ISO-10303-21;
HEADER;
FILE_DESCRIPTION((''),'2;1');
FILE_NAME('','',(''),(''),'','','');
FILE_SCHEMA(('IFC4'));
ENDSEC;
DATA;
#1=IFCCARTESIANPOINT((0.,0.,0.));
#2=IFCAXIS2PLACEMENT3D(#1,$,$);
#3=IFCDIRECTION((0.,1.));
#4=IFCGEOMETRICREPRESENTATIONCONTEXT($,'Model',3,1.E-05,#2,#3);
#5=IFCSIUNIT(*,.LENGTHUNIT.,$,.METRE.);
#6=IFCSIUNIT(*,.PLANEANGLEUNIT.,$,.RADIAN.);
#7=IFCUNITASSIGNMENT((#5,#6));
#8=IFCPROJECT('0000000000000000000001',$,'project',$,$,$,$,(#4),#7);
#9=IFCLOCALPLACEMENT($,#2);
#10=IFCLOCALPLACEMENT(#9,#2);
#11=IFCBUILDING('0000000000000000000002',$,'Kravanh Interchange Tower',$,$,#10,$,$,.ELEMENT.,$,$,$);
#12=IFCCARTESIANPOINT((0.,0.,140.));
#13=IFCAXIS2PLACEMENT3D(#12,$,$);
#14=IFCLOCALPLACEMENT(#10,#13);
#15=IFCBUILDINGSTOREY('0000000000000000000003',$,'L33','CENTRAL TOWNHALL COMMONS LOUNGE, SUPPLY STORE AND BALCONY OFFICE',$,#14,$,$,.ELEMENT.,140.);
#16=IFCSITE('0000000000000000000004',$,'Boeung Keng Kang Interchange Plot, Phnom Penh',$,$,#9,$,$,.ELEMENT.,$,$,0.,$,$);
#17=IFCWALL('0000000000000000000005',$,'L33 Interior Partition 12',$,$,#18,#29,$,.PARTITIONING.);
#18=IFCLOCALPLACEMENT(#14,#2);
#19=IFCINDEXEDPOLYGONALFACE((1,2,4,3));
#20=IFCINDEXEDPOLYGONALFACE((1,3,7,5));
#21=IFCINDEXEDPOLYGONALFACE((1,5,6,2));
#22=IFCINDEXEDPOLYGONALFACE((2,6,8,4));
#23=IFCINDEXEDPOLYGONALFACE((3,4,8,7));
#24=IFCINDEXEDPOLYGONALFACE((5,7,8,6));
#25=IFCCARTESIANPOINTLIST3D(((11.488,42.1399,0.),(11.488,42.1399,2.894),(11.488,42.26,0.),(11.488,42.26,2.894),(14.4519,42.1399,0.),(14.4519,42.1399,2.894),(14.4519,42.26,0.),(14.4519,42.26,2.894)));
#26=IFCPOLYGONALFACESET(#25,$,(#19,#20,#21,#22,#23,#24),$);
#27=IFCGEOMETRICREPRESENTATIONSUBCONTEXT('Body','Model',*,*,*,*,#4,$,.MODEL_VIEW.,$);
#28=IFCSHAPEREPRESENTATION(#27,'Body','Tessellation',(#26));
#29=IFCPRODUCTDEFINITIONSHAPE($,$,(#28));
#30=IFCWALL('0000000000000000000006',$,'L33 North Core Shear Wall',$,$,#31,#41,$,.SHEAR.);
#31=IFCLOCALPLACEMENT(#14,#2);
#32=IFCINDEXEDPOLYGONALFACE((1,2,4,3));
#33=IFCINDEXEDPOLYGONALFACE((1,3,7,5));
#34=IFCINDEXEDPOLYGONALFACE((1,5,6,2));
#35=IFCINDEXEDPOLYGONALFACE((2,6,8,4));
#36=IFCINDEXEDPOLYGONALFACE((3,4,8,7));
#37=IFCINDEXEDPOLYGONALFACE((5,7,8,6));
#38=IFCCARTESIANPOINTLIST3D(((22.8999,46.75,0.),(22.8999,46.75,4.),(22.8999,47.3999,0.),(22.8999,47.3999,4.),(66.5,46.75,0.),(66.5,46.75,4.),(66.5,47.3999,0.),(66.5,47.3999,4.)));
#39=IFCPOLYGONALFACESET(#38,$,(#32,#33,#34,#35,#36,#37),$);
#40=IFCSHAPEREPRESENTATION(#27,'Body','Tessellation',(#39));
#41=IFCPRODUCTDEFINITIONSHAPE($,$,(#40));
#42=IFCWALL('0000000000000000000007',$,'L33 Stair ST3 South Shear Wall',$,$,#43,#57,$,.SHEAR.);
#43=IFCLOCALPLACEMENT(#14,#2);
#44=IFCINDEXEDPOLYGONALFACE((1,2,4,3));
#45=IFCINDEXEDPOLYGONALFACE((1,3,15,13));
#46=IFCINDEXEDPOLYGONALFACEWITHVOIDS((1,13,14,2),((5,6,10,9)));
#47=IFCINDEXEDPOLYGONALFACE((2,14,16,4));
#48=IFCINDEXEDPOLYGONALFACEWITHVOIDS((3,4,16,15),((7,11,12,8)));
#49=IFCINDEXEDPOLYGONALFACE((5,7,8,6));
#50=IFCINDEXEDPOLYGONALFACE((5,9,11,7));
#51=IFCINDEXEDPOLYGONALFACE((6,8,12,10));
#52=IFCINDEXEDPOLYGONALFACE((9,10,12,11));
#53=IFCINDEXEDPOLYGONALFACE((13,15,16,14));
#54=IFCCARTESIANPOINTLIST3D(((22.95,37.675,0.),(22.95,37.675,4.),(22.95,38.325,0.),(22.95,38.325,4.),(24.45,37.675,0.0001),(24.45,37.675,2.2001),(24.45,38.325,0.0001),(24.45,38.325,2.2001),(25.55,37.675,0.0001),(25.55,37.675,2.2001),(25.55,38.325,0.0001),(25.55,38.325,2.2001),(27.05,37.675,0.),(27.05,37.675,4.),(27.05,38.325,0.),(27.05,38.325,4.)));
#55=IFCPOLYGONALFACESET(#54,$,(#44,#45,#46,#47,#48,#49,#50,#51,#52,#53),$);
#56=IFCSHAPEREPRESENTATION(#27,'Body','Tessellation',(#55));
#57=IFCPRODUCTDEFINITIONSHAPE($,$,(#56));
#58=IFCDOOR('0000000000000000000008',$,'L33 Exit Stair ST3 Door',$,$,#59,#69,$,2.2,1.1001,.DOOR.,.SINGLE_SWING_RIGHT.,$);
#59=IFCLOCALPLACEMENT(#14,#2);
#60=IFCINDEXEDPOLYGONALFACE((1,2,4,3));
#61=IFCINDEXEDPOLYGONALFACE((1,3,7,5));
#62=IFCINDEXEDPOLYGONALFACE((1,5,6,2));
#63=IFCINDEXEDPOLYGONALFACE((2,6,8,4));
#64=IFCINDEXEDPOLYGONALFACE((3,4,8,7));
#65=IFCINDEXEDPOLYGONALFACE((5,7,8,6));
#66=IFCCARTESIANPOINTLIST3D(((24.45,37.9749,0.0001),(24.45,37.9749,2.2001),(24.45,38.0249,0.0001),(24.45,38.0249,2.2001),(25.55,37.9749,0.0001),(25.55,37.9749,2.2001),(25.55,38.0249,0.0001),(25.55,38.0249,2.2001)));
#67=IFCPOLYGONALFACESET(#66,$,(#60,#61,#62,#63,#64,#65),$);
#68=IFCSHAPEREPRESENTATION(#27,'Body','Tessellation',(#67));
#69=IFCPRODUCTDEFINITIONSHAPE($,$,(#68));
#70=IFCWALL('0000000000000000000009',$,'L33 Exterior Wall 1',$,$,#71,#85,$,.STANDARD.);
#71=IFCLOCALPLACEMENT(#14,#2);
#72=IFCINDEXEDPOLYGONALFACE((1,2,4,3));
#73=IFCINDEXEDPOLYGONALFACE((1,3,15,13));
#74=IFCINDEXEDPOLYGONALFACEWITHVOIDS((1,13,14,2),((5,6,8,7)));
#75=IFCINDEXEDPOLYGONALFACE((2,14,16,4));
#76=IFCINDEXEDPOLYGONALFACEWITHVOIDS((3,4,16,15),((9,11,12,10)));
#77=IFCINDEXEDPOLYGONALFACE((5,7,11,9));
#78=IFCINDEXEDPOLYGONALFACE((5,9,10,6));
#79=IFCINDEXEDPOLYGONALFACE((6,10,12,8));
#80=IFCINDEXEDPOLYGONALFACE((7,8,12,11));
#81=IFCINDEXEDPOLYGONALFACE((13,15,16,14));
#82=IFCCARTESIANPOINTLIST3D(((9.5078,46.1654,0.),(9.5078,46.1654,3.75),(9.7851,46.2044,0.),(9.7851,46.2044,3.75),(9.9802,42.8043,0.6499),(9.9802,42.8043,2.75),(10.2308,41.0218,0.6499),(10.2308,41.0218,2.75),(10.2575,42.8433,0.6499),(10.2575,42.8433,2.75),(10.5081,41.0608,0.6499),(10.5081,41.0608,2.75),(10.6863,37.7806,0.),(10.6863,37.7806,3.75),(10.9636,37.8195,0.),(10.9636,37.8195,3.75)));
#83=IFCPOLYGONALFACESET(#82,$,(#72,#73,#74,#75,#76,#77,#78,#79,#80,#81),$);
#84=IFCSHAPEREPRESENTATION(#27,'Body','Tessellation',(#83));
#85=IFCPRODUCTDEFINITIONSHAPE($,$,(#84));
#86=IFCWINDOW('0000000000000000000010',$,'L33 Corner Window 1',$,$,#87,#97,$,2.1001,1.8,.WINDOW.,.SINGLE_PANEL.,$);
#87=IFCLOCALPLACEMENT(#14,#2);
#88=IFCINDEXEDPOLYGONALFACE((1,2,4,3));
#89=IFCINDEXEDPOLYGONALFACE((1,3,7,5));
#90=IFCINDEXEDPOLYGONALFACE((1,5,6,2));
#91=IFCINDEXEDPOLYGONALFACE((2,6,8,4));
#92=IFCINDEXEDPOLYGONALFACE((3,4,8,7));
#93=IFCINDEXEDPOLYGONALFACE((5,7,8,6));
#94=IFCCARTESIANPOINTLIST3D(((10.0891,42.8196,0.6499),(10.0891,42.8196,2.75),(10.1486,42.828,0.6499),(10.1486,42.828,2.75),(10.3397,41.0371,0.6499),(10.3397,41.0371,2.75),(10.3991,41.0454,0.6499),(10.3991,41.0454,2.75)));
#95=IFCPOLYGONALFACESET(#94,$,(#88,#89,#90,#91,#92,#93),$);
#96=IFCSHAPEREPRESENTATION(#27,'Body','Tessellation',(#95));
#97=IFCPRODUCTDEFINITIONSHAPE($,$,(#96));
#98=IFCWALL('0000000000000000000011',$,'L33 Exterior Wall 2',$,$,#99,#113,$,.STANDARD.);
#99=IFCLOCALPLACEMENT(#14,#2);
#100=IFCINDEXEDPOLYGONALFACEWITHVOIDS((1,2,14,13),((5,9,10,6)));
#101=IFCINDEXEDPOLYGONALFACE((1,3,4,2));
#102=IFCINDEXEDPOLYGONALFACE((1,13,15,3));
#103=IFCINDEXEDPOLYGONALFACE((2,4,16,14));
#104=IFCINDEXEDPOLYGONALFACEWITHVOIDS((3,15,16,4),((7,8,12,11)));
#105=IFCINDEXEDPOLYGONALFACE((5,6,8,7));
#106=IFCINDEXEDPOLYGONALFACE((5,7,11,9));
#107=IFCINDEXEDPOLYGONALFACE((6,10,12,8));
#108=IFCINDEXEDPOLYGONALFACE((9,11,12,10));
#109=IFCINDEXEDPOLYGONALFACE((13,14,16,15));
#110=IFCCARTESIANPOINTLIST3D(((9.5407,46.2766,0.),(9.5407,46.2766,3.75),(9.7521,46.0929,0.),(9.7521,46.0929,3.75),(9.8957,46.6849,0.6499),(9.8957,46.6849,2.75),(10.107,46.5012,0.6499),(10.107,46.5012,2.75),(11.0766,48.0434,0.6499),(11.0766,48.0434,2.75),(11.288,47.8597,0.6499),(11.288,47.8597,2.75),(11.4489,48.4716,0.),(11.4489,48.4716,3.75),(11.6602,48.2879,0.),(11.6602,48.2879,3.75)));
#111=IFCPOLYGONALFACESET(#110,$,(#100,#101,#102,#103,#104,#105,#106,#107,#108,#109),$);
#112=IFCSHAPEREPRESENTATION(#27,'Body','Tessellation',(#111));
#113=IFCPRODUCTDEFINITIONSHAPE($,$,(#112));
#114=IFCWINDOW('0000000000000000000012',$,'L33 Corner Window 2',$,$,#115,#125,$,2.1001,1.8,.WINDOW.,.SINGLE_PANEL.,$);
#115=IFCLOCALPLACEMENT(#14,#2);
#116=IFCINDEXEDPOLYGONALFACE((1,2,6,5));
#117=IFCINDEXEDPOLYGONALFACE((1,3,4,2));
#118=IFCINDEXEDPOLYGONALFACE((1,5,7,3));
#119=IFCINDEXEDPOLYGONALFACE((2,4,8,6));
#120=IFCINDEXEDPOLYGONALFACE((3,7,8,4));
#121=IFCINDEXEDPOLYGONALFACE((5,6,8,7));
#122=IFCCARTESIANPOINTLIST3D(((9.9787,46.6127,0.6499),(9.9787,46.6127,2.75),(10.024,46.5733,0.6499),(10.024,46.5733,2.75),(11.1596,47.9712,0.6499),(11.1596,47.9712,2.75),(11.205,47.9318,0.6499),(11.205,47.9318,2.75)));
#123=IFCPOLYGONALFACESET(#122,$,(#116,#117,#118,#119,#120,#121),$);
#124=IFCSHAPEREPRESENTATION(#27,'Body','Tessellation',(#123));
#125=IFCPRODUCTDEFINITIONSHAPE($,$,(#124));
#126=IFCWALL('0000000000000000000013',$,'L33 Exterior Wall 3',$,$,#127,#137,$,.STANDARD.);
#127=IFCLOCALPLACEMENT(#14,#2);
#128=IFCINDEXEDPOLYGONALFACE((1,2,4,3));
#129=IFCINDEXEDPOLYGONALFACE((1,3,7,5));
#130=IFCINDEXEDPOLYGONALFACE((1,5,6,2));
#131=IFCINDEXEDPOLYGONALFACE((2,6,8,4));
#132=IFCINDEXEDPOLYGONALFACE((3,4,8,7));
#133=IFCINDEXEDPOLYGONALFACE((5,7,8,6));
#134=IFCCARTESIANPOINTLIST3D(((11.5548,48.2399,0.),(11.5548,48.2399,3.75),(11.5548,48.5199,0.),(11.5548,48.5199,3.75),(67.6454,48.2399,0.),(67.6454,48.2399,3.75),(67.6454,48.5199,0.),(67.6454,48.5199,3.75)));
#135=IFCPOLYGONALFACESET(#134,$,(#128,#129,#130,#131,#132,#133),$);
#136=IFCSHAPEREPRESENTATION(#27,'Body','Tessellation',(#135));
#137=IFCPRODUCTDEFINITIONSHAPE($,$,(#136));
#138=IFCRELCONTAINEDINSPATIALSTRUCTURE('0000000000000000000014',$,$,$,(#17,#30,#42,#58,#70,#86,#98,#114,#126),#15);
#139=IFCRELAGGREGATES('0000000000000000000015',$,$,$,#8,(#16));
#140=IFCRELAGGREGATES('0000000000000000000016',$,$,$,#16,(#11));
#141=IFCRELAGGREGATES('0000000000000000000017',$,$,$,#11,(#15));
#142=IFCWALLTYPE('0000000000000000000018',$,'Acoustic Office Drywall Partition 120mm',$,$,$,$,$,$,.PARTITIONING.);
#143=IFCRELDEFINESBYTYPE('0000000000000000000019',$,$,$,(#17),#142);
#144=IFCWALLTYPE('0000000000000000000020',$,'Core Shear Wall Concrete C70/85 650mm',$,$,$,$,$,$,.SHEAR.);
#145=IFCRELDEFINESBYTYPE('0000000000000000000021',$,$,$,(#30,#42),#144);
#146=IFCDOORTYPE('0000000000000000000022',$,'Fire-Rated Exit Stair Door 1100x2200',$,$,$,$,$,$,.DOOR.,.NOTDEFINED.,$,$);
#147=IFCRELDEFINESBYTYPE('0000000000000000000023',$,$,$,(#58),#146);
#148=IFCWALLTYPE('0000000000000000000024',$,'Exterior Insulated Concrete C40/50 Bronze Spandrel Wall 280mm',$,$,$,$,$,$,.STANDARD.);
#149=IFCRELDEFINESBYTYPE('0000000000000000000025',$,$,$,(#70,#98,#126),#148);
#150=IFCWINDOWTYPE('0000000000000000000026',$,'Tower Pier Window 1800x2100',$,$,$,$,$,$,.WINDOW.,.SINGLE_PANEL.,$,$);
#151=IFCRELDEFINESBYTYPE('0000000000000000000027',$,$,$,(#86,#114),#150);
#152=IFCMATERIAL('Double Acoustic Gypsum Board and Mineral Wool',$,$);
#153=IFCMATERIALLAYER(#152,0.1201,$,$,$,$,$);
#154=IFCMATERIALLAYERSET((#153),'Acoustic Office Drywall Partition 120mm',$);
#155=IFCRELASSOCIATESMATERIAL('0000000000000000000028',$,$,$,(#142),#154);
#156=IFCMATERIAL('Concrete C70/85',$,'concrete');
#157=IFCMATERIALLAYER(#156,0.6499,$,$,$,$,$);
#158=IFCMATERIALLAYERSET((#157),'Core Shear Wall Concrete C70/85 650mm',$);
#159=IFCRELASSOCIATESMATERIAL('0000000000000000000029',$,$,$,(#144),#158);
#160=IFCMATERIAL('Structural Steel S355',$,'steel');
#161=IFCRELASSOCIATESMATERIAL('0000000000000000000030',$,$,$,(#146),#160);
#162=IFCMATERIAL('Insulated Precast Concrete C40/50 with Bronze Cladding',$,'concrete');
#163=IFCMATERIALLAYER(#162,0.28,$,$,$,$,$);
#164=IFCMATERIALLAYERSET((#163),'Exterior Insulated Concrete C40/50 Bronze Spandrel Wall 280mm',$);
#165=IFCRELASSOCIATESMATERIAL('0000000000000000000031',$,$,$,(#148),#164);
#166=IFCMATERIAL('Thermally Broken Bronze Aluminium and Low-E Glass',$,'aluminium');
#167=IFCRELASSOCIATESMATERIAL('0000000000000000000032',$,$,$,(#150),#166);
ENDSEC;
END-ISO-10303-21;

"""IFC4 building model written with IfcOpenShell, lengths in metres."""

from ifc_helpers import new_model, si_unit, direction, frame, frame_2d, origin, place, context, subcontext, project, spatial, rectangle, extrude, material, layer, layer_set, type_object, element, fill, save


model = new_model("IFC4")

# Units and contexts
model_context = context("Model", 3, precision=1e-05, world=origin(), true_north=direction((0.0, 1.0)))
body_context = subcontext(model_context, "Body", "Model", "MODEL_VIEW")
ifc_project = project(units=[si_unit("LENGTHUNIT", "METRE"), si_unit("PLANEANGLEUNIT", "RADIAN")], contexts=[model_context])

# Site, building, storey
site_placement = place(None, origin())
site = spatial("IfcSite", under=ifc_project, at=site_placement, Name="Boeung Keng Kang Interchange Plot, Phnom Penh", CompositionType="ELEMENT", RefElevation=0.0)
building_placement = place(site_placement, origin())
building = spatial("IfcBuilding", under=site, at=building_placement, Name="Kravanh Interchange Tower", CompositionType="ELEMENT")
storey_placement = place(building_placement, frame((0.0, 0.0, 140.0)))
storey = spatial("IfcBuildingStorey", under=building, at=storey_placement, Name="L33", Description="CENTRAL TOWNHALL COMMONS LOUNGE, SUPPLY STORE AND BALCONY OFFICE", CompositionType="ELEMENT", Elevation=140.0)

# Shared definitions
ifc_material_1 = material(Name="Double Acoustic Gypsum Board and Mineral Wool")
ifc_layer_1 = layer(ifc_material_1, 0.1201)
ifc_layer_set_1 = layer_set([ifc_layer_1], Name="Acoustic Office Drywall Partition 120mm")
wall_type_1 = type_object("IfcWallType", Name="Acoustic Office Drywall Partition 120mm", PredefinedType="PARTITIONING", material=ifc_layer_set_1)

# Walls
wall_1_placement = place(storey_placement, frame((11.488, 42.2, 0.0), z_axis=(0.0, 0.0, 1.0), x_axis=(1.0, 0.0, 0.0)))
element("IfcWall", 1, at=wall_1_placement, inside=storey, type_object=wall_type_1, Name="L33 Interior Partition 12", PredefinedType="PARTITIONING", context=body_context, shape_type="SweptSolid", body=[
    extrude(rectangle(XDim=2.9639, YDim=0.1201, at=frame_2d((1.4819, 0.0))), origin(), (0.0, 0.0, 1.0), 2.894),
])
ifc_material_2 = material(Name="Concrete C70/85", Category="concrete")
ifc_layer_2 = layer(ifc_material_2, 0.6499)
ifc_layer_set_2 = layer_set([ifc_layer_2], Name="Core Shear Wall Concrete C70/85 650mm")
wall_type_2 = type_object("IfcWallType", Name="Core Shear Wall Concrete C70/85 650mm", PredefinedType="SHEAR", material=ifc_layer_set_2)
wall_2_placement = place(storey_placement, frame((22.8999, 47.075, 0.0), z_axis=(0.0, 0.0, 1.0), x_axis=(1.0, 0.0, 0.0)))
element("IfcWall", 2, at=wall_2_placement, inside=storey, type_object=wall_type_2, Name="L33 North Core Shear Wall", PredefinedType="SHEAR", context=body_context, shape_type="SweptSolid", body=[
    extrude(rectangle(XDim=43.6001, YDim=0.6499, at=frame_2d((21.8, 0.0))), origin(), (0.0, 0.0, 1.0), 4.0),
])

# Wall, opening, door
wall_3_placement = place(storey_placement, frame((22.95, 38.0, 0.0), z_axis=(0.0, 0.0, 1.0), x_axis=(1.0, 0.0, 0.0)))
wall_3 = element("IfcWall", 3, at=wall_3_placement, inside=storey, type_object=wall_type_2, Name="L33 Stair ST3 South Shear Wall", PredefinedType="SHEAR", context=body_context, shape_type="SweptSolid", body=[
    extrude(rectangle(XDim=4.1001, YDim=0.6499, at=frame_2d((2.05, 0.0))), origin(), (0.0, 0.0, 1.0), 4.0),
])
opening_1_placement = place(wall_3_placement, frame((1.5, 0.0, 0.0)))
opening_1 = element("IfcOpeningElement", 4, at=opening_1_placement, cuts=wall_3, PredefinedType="OPENING", context=body_context, shape_type="SweptSolid", body=[
    extrude(rectangle(XDim=1.1001, YDim=2.2, at=frame_2d((0.55, 1.1001))), frame((0.0, 0.335, 0.0), z_axis=(0.0, -1.0, 0.0), x_axis=(1.0, 0.0, 0.0)), (0.0, 0.0, 1.0), 0.6699),
])
ifc_material_3 = material(Name="Structural Steel S355", Category="steel")
door_type_1 = type_object("IfcDoorType", Name="Fire-Rated Exit Stair Door 1100x2200", OperationType="NOTDEFINED", PredefinedType="DOOR", material=ifc_material_3)
door_1_placement = place(opening_1_placement, origin())
door_1 = element("IfcDoor", 5, at=door_1_placement, inside=storey, type_object=door_type_1, Name="L33 Exit Stair ST3 Door", OperationType="SINGLE_SWING_RIGHT", OverallHeight=2.2, OverallWidth=1.1001, PredefinedType="DOOR", context=body_context, shape_type="SweptSolid", body=[
    extrude(rectangle(XDim=1.1001, YDim=2.2, at=frame_2d((0.55, 1.1001))), frame((0.0, 0.0249, 0.0), z_axis=(0.0, -1.0, 0.0), x_axis=(1.0, 0.0, 0.0)), (0.0, 0.0, 1.0), 0.05),
])
fill(opening_1, door_1)

# Walls, openings, windows
ifc_material_4 = material(Name="Insulated Precast Concrete C40/50 with Bronze Cladding", Category="concrete")
ifc_layer_3 = layer(ifc_material_4, 0.28)
ifc_layer_set_3 = layer_set([ifc_layer_3], Name="Exterior Insulated Concrete C40/50 Bronze Spandrel Wall 280mm")
wall_type_3 = type_object("IfcWallType", Name="Exterior Insulated Concrete C40/50 Bronze Spandrel Wall 280mm", PredefinedType="STANDARD", material=ifc_layer_set_3)
wall_4_placement = place(storey_placement, frame((10.825, 37.8, 0.0), z_axis=(0.0, 0.0, 1.0), x_axis=(-0.139181, 0.990267, 0.0)))
wall_4 = element("IfcWall", 6, at=wall_4_placement, inside=storey, type_object=wall_type_3, Name="L33 Exterior Wall 1", PredefinedType="STANDARD", context=body_context, shape_type="SweptSolid", body=[
    extrude(rectangle(XDim=8.4673, YDim=0.28, at=frame_2d((4.2336, 0.0))), origin(), (0.0, 0.0, 1.0), 3.75),
])
opening_2_placement = place(wall_4_placement, frame((3.2732, 0.0, 0.6499)))
opening_2 = element("IfcOpeningElement", 7, at=opening_2_placement, cuts=wall_4, PredefinedType="OPENING", context=body_context, shape_type="SweptSolid", body=[
    extrude(rectangle(XDim=1.8, YDim=2.1001, at=frame_2d((0.8999, 1.05))), frame((0.0, 0.1499, 0.0), z_axis=(0.0, -1.0, 0.0), x_axis=(1.0, 0.0, 0.0)), (0.0, 0.0, 1.0), 0.3),
])
ifc_material_5 = material(Name="Thermally Broken Bronze Aluminium and Low-E Glass", Category="aluminium")
window_type = type_object("IfcWindowType", Name="Tower Pier Window 1800x2100", PartitioningType="SINGLE_PANEL", PredefinedType="WINDOW", material=ifc_material_5)
window_1_placement = place(opening_2_placement, origin())
window_1 = element("IfcWindow", 8, at=window_1_placement, inside=storey, type_object=window_type, Name="L33 Corner Window 1", OverallHeight=2.1001, OverallWidth=1.8, PartitioningType="SINGLE_PANEL", PredefinedType="WINDOW", context=body_context, shape_type="SweptSolid", body=[
    extrude(rectangle(XDim=1.8, YDim=2.1001, at=frame_2d((0.8999, 1.05))), frame((0.0, 0.03, 0.0), z_axis=(0.0, -1.0, 0.0), x_axis=(1.0, 0.0, 0.0)), (0.0, 0.0, 1.0), 0.0601),
])
fill(opening_2, window_1)
wall_5_placement = place(storey_placement, frame((9.6465, 46.1848, 0.0), z_axis=(0.0, 0.0, 1.0), x_axis=(0.656071, 0.754699, 0.0)))
wall_5 = element("IfcWall", 9, at=wall_5_placement, inside=storey, type_object=wall_type_3, Name="L33 Exterior Wall 2", PredefinedType="STANDARD", context=body_context, shape_type="SweptSolid", body=[
    extrude(rectangle(XDim=2.9084, YDim=0.28, at=frame_2d((1.4541, 0.0))), origin(), (0.0, 0.0, 1.0), 3.75),
])
opening_3_placement = place(wall_5_placement, frame((0.541, 0.0, 0.6499)))
opening_3 = element("IfcOpeningElement", 10, at=opening_3_placement, cuts=wall_5, PredefinedType="OPENING", context=body_context, shape_type="SweptSolid", body=[
    extrude(rectangle(XDim=1.8, YDim=2.1001, at=frame_2d((0.8999, 1.05))), frame((0.0, 0.1499, 0.0), z_axis=(0.0, -1.0, 0.0), x_axis=(1.0, 0.0, 0.0)), (0.0, 0.0, 1.0), 0.3),
])
window_2_placement = place(opening_3_placement, origin())
window_2 = element("IfcWindow", 11, at=window_2_placement, inside=storey, type_object=window_type, Name="L33 Corner Window 2", OverallHeight=2.1001, OverallWidth=1.8, PartitioningType="SINGLE_PANEL", PredefinedType="WINDOW", context=body_context, shape_type="SweptSolid", body=[
    extrude(rectangle(XDim=1.8, YDim=2.1001, at=frame_2d((0.8999, 1.05))), frame((0.0, 0.03, 0.0), z_axis=(0.0, -1.0, 0.0), x_axis=(1.0, 0.0, 0.0)), (0.0, 0.0, 1.0), 0.0601),
])
fill(opening_3, window_2)

# Wall
wall_6_placement = place(storey_placement, frame((11.5547, 48.3799, 0.0), z_axis=(0.0, 0.0, 1.0), x_axis=(1.0, 0.0, 0.0)))
element("IfcWall", 12, at=wall_6_placement, inside=storey, type_object=wall_type_3, Name="L33 Exterior Wall 3", PredefinedType="STANDARD", context=body_context, shape_type="SweptSolid", body=[
    extrude(rectangle(XDim=56.0906, YDim=0.28, at=frame_2d((28.0454, 0.0))), origin(), (0.0, 0.0, 1.0), 3.75),
])

save(model, "model.ifc")
